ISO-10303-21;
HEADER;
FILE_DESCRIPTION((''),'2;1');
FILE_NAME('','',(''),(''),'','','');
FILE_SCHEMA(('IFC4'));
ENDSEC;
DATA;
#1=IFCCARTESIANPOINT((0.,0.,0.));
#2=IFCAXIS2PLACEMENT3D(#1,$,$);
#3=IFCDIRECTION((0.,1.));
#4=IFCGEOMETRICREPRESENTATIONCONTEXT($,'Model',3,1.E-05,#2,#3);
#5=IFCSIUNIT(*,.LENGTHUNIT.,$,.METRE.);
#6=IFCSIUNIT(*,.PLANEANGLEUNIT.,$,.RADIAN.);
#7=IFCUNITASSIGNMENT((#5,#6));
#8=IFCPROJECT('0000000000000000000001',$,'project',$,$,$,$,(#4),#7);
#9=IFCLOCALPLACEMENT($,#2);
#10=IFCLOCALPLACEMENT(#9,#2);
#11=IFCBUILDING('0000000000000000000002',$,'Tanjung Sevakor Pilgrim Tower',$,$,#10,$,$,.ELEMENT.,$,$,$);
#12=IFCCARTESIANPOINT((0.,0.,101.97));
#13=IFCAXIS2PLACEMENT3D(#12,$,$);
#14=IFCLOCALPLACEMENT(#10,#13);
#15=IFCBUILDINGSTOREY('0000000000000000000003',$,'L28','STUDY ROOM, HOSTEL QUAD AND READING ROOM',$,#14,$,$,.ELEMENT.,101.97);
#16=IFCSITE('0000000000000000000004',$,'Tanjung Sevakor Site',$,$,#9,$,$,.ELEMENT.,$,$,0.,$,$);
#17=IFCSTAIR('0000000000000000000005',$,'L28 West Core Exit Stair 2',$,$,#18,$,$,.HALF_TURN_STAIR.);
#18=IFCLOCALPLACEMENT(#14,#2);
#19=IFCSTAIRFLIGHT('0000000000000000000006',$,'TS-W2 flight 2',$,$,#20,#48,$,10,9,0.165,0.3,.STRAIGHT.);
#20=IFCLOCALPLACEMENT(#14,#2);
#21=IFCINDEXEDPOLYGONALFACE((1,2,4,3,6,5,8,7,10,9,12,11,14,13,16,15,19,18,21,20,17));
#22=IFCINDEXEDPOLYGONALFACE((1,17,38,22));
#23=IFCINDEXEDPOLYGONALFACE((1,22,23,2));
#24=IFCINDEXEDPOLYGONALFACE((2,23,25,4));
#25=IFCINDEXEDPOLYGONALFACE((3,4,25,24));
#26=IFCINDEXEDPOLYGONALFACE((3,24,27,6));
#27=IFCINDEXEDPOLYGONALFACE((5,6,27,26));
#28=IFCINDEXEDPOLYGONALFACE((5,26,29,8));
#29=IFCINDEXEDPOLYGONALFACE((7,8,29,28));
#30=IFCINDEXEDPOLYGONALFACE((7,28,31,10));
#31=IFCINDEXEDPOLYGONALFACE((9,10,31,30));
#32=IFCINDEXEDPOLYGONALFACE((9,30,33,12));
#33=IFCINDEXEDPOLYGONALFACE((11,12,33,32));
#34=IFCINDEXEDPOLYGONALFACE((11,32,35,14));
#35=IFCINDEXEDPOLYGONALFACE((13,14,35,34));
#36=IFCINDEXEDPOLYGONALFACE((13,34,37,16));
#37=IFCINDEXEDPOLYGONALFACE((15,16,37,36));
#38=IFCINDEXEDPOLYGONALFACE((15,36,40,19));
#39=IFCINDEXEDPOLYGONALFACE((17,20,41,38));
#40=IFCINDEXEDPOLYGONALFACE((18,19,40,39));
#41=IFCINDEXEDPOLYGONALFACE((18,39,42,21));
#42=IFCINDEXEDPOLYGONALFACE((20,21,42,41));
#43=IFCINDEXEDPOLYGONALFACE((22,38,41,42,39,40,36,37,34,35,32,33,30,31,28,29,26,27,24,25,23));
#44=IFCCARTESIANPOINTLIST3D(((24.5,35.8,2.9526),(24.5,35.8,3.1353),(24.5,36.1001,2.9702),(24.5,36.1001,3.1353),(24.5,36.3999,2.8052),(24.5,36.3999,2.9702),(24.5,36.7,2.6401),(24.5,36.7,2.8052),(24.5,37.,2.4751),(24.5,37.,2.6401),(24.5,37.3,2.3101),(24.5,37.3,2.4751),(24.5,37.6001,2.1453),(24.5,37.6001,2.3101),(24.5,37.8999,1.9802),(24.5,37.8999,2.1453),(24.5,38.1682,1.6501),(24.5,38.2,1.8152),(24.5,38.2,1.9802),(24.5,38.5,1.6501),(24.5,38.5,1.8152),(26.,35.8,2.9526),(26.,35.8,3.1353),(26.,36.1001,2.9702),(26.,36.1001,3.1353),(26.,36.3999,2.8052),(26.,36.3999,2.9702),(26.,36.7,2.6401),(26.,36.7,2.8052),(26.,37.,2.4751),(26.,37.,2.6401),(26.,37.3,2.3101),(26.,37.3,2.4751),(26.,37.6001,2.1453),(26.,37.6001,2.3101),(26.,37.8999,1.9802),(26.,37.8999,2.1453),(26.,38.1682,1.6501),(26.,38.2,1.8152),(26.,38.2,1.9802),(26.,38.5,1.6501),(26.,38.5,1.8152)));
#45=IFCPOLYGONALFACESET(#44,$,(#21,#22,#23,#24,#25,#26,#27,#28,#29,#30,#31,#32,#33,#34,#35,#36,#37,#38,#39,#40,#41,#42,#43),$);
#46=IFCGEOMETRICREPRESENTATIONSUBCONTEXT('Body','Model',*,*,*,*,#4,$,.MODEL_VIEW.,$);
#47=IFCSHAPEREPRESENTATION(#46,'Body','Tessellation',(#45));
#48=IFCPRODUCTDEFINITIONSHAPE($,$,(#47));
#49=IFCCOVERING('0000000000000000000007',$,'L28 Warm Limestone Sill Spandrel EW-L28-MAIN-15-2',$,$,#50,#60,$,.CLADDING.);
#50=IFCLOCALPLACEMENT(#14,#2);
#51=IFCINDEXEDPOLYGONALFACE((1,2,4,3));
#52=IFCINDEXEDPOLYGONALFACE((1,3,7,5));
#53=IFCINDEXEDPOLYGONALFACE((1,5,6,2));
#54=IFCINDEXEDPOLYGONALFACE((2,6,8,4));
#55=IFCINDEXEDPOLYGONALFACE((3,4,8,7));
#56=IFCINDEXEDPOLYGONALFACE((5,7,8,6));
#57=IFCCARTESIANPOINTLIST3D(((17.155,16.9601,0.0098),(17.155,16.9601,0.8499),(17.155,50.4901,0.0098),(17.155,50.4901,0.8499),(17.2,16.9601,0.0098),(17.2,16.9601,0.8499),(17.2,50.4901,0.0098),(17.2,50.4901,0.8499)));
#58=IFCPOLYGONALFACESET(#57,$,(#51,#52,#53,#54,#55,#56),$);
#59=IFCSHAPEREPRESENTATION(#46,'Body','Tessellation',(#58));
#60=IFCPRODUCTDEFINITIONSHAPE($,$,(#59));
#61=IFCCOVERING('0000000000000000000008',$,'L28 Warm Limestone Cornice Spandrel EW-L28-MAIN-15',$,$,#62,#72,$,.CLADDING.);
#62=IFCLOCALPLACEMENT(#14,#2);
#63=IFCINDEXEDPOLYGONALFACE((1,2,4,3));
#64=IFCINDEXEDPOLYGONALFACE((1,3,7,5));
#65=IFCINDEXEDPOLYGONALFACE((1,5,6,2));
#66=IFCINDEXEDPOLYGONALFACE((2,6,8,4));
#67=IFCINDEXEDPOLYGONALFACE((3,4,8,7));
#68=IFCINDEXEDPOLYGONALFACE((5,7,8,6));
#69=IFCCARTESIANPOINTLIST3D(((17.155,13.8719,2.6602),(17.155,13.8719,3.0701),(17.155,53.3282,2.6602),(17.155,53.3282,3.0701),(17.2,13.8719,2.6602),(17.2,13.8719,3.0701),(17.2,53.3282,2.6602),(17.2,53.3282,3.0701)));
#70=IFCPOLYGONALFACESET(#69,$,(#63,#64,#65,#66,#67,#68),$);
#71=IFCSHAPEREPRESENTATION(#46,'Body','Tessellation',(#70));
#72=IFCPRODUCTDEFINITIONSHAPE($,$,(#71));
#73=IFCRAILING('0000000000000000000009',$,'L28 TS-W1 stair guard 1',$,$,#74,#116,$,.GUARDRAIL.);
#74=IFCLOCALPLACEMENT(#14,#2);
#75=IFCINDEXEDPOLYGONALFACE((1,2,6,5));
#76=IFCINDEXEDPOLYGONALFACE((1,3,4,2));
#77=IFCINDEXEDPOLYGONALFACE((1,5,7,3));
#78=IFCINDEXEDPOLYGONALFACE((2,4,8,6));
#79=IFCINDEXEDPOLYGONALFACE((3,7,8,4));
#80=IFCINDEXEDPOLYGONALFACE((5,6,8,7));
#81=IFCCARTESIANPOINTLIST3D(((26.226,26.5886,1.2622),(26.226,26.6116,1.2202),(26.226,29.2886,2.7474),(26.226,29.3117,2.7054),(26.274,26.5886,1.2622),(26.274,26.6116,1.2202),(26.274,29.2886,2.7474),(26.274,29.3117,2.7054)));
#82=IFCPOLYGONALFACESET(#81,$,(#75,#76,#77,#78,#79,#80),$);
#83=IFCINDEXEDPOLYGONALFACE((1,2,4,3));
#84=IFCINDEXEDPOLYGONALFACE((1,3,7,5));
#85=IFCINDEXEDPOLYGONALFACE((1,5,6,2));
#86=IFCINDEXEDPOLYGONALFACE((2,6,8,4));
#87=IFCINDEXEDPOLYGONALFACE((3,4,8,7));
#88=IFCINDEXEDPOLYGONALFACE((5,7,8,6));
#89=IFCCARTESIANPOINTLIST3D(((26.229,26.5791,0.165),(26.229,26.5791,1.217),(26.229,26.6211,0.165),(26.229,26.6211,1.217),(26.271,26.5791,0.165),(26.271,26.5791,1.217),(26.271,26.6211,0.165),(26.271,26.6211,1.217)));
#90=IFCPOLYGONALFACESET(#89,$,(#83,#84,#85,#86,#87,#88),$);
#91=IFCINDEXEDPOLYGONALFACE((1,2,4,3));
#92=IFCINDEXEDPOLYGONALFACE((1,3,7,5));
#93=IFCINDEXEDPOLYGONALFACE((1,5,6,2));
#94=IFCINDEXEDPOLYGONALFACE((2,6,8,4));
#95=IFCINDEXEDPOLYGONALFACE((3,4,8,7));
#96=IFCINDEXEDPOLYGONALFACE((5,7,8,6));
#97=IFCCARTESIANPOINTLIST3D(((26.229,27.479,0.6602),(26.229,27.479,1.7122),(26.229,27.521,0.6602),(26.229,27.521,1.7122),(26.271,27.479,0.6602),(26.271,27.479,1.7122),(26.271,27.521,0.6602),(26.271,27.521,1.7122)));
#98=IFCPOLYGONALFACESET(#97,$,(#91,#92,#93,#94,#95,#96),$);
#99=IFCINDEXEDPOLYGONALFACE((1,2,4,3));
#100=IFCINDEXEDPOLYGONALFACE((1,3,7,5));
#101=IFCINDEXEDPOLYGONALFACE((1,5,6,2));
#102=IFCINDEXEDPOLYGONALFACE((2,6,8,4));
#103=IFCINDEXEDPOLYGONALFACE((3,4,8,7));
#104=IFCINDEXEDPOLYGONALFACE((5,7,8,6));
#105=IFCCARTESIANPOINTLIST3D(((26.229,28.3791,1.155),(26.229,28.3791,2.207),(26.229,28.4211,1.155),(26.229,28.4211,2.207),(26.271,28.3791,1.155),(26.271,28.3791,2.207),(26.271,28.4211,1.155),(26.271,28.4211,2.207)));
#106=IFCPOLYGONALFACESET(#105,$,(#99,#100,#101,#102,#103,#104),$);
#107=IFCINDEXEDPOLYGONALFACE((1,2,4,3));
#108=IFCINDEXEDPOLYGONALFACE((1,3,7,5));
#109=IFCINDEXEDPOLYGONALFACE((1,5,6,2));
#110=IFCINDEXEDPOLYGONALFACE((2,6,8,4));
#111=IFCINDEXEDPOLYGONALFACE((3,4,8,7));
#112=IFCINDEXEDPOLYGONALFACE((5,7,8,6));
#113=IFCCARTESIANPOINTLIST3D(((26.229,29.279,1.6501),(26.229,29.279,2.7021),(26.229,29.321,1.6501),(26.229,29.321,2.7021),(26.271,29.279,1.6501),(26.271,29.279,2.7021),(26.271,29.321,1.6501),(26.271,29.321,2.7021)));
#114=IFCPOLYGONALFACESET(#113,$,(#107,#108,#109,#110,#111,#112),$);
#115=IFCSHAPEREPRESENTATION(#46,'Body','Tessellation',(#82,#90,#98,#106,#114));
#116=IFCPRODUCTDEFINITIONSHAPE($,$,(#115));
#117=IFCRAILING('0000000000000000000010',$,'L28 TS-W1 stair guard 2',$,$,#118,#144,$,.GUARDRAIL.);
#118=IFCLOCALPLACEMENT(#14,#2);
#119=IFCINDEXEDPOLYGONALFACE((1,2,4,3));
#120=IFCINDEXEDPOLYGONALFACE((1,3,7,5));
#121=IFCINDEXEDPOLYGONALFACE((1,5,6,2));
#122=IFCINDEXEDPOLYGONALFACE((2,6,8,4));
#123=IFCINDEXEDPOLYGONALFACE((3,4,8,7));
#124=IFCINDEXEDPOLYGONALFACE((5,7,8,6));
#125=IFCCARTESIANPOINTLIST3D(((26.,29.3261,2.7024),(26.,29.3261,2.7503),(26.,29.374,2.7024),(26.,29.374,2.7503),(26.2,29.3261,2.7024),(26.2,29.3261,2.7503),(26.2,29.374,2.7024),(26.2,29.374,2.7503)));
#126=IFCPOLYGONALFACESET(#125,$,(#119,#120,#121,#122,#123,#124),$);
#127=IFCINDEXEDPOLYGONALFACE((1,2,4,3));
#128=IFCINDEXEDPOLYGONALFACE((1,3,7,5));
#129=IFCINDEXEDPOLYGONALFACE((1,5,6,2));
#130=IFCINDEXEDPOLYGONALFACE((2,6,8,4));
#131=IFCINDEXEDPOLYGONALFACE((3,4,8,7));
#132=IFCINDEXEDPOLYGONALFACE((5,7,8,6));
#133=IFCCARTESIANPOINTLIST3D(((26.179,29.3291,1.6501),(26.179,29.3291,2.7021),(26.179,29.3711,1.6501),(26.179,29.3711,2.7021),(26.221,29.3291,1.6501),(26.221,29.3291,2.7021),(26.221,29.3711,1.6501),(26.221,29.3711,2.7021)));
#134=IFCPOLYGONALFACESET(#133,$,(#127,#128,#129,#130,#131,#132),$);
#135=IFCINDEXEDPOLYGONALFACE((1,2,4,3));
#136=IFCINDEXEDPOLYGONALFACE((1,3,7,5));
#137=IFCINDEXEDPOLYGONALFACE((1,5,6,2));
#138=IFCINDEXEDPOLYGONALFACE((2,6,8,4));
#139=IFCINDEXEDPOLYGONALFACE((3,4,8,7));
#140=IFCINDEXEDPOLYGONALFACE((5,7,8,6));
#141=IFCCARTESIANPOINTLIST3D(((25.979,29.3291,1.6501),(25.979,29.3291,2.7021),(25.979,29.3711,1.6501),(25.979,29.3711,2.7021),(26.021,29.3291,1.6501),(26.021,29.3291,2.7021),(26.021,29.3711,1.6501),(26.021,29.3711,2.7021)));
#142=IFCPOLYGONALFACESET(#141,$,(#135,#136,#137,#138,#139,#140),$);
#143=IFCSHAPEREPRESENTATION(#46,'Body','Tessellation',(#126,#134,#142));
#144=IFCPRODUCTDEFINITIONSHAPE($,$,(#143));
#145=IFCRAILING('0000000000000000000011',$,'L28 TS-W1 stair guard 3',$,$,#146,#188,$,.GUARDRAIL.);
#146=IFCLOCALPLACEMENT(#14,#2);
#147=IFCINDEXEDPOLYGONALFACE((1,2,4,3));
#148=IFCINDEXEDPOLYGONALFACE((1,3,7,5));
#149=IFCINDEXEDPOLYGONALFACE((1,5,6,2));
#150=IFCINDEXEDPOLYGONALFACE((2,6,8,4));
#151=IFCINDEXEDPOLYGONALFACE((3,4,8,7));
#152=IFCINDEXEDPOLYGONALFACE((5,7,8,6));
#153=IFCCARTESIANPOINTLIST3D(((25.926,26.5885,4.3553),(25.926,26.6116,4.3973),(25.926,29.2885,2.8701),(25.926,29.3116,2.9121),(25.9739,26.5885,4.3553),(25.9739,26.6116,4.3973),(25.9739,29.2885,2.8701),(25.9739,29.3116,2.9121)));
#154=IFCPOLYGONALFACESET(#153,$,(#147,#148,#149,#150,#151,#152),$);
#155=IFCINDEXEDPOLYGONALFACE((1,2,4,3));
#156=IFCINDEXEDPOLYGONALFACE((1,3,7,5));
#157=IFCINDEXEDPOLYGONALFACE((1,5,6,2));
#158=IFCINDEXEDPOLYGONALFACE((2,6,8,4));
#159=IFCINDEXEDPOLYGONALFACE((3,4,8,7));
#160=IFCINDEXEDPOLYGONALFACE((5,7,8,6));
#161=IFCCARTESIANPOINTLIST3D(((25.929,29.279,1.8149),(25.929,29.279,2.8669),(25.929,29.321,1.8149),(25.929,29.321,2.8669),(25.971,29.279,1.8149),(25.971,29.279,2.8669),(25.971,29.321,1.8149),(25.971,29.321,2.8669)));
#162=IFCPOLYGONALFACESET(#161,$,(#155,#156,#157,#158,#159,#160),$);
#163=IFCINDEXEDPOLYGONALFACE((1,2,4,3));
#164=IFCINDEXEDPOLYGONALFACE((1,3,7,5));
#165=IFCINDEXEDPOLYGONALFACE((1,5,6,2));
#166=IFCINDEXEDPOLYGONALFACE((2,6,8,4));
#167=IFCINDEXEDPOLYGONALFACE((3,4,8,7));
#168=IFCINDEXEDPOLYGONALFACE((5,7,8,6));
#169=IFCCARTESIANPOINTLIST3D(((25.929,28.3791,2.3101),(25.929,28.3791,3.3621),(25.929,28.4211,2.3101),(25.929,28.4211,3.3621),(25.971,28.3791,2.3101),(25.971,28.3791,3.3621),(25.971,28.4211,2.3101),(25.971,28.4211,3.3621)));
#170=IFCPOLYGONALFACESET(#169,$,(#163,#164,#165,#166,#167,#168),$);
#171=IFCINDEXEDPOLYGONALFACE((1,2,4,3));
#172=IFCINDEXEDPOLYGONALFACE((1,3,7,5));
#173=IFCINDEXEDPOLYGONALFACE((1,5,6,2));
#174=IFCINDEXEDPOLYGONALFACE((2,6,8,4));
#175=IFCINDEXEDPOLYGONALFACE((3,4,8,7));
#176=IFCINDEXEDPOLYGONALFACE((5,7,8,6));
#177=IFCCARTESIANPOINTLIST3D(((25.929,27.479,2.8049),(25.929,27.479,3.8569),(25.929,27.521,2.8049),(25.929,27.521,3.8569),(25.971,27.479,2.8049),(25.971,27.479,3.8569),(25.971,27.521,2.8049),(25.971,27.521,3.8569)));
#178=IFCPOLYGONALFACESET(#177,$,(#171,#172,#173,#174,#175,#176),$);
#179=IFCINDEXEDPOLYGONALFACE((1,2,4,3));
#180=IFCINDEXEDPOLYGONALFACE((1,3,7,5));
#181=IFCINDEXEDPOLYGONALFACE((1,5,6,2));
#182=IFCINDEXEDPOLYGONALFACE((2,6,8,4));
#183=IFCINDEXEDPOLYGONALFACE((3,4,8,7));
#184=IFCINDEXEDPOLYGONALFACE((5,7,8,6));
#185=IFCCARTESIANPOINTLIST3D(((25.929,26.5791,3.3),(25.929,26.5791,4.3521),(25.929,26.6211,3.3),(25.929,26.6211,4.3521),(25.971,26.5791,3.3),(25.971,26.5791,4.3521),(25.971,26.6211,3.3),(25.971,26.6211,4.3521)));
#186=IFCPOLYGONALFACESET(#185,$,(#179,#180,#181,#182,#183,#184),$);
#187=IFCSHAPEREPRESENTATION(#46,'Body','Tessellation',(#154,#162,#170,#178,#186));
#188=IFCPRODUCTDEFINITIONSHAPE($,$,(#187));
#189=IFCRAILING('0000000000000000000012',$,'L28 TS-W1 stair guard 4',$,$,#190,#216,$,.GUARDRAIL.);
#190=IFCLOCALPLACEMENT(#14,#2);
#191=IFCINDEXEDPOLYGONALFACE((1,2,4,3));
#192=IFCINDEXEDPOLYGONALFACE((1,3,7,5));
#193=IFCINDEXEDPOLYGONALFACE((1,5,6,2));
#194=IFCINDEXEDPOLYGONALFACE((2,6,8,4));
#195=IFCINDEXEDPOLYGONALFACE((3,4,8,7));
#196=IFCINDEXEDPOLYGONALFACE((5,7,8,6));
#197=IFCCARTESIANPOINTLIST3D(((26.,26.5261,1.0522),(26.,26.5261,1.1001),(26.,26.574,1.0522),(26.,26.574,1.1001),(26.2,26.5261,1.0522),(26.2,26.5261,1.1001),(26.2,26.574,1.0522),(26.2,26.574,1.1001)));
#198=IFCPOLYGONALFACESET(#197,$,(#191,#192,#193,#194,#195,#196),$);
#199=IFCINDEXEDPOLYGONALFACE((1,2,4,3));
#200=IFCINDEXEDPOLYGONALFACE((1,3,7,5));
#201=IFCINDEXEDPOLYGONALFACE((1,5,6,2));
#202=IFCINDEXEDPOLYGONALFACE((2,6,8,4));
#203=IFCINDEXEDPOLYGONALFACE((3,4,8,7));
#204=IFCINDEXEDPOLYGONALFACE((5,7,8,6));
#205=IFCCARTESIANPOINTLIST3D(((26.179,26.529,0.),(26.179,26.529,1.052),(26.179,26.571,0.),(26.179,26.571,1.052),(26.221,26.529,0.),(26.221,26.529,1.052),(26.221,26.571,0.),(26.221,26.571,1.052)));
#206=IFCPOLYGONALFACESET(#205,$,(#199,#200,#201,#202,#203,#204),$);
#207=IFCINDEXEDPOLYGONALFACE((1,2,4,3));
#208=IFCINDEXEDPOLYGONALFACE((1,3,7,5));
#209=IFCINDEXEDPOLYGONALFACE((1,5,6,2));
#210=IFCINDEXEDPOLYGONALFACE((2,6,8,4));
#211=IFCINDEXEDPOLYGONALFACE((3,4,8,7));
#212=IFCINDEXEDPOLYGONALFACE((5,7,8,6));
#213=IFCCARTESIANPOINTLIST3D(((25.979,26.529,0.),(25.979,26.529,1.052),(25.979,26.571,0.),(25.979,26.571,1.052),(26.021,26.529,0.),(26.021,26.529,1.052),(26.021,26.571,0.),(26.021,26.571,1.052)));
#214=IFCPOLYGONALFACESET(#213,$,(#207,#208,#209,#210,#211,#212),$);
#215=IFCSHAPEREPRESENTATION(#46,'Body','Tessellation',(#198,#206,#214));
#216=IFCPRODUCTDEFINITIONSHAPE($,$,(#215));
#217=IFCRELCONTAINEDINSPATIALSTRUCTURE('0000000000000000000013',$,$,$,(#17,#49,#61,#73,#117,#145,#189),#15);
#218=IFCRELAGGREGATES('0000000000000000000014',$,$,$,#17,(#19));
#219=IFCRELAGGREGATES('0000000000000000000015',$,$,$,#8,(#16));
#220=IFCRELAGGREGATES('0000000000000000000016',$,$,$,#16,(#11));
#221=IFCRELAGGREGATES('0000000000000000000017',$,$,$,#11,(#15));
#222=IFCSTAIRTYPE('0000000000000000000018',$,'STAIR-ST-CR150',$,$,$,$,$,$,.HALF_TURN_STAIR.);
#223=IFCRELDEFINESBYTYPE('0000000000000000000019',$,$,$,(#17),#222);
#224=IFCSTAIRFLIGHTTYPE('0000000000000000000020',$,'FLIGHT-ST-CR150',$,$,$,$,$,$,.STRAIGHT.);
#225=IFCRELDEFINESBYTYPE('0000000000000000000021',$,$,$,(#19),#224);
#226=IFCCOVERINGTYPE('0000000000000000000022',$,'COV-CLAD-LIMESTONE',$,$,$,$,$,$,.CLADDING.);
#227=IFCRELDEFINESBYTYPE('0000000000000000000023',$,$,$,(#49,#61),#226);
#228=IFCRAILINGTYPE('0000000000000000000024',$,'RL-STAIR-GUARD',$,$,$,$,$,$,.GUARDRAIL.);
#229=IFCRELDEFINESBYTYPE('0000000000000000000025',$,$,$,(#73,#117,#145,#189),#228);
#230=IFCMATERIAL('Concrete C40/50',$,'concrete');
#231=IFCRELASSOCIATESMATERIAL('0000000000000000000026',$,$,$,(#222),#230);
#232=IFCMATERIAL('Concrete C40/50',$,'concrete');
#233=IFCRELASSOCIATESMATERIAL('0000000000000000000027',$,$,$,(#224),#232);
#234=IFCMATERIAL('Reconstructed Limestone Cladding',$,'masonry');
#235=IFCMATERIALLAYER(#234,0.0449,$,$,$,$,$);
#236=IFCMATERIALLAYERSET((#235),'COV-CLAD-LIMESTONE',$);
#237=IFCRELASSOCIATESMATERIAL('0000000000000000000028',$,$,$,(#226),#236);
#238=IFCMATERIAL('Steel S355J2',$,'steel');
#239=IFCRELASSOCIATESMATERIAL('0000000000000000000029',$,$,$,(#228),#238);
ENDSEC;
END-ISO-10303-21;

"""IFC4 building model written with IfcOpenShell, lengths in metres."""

from ifc_helpers import new_model, si_unit, direction, frame, origin, origin_2d, place, context, subcontext, project, spatial, polyline, rectangle, outline, extrude, material, layer, layer_set, type_object, element, aggregate, save


model = new_model("IFC4")

# Units and contexts
model_context = context("Model", 3, precision=1e-05, world=origin(), true_north=direction((0.0, 1.0)))
body_context = subcontext(model_context, "Body", "Model", "MODEL_VIEW")
ifc_project = project(units=[si_unit("LENGTHUNIT", "METRE"), si_unit("PLANEANGLEUNIT", "RADIAN")], contexts=[model_context])

# Site, building, storey
site_placement = place(None, origin())
site = spatial("IfcSite", under=ifc_project, at=site_placement, Name="Tanjung Sevakor Site", CompositionType="ELEMENT", RefElevation=0.0)
building_placement = place(site_placement, origin())
building = spatial("IfcBuilding", under=site, at=building_placement, Name="Tanjung Sevakor Pilgrim Tower", CompositionType="ELEMENT")
storey_placement = place(building_placement, frame((0.0, 0.0, 101.97)))
storey = spatial("IfcBuildingStorey", under=building, at=storey_placement, Name="L28", Description="STUDY ROOM, HOSTEL QUAD AND READING ROOM", CompositionType="ELEMENT", Elevation=101.97)

# Stair, stair flight
ifc_material_1 = material(Name="Concrete C40/50", Category="concrete")
stair_type = type_object("IfcStairType", Name="STAIR-ST-CR150", PredefinedType="HALF_TURN_STAIR", material=ifc_material_1)
ifc_material_2 = material(Name="Concrete C40/50", Category="concrete")
stair_flight_type = type_object("IfcStairFlightType", Name="FLIGHT-ST-CR150", PredefinedType="STRAIGHT", material=ifc_material_2)
stair_1_placement = place(storey_placement, origin())
stair_1 = element("IfcStair", 1, at=stair_1_placement, inside=storey, type_object=stair_type, Name="L28 West Core Exit Stair 2", PredefinedType="HALF_TURN_STAIR")
stair_flight_1_placement = place(storey_placement, frame((25.25, 38.5, 1.6501), z_axis=(0.0, 0.0, 1.0), x_axis=(0.0, -1.0, 0.0)))
stair_flight_1 = element("IfcStairFlight", 2, at=stair_flight_1_placement, type_object=stair_flight_type, Name="TS-W2 flight 2", NumberOfRisers=10, NumberOfTreads=9, PredefinedType="STRAIGHT", RiserHeight=0.165, TreadLength=0.3, context=body_context, shape_type="SweptSolid", body=[
    extrude(outline(polyline([(0.0, 0.0), (0.0, 0.165), (0.3, 0.165), (0.3, 0.3301), (0.6001, 0.3301), (0.6001, 0.4951), (0.8999, 0.4951), (0.8999, 0.6599), (1.2, 0.6599), (1.2, 0.825), (1.5, 0.825), (1.5, 0.99), (1.8, 0.99), (1.8, 1.155), (2.1001, 1.155), (2.1001, 1.3201), (2.3999, 1.3201), (2.3999, 1.4851), (2.7, 1.4851), (2.7, 1.6499), (2.7, 1.3025), (0.3318, 0.0), (0.0, 0.0)])), frame((0.0, 0.75, 0.0), z_axis=(0.0, -1.0, 0.0), x_axis=(1.0, 0.0, 0.0)), (0.0, 0.0, 1.0), 1.5),
])
aggregate(stair_1, [stair_flight_1])

# Coverings
ifc_material_3 = material(Name="Reconstructed Limestone Cladding", Category="masonry")
ifc_layer_1 = layer(ifc_material_3, 0.0449)
ifc_layer_set_1 = layer_set([ifc_layer_1], Name="COV-CLAD-LIMESTONE")
covering_type = type_object("IfcCoveringType", Name="COV-CLAD-LIMESTONE", PredefinedType="CLADDING", material=ifc_layer_set_1)
covering_1_placement = place(storey_placement, frame((17.1775, 33.7251, 0.0098), z_axis=(0.0, 0.0, 1.0), x_axis=(0.0, -1.0, 0.0)))
element("IfcCovering", 3, at=covering_1_placement, inside=storey, type_object=covering_type, Name="L28 Warm Limestone Sill Spandrel EW-L28-MAIN-15-2", PredefinedType="CLADDING", context=body_context, shape_type="SweptSolid", body=[
    extrude(rectangle(XDim=33.53, YDim=0.0449, at=origin_2d()), origin(), (0.0, 0.0, 1.0), 0.8401),
])
covering_2_placement = place(storey_placement, frame((17.1775, 33.6001, 2.6602), z_axis=(0.0, 0.0, 1.0), x_axis=(0.0, -1.0, 0.0)))
element("IfcCovering", 4, at=covering_2_placement, inside=storey, type_object=covering_type, Name="L28 Warm Limestone Cornice Spandrel EW-L28-MAIN-15", PredefinedType="CLADDING", context=body_context, shape_type="SweptSolid", body=[
    extrude(rectangle(XDim=39.4563, YDim=0.0449, at=origin_2d()), origin(), (0.0, 0.0, 1.0), 0.4099),
])

# Railings
ifc_material_4 = material(Name="Steel S355J2", Category="steel")
railing_type_1 = type_object("IfcRailingType", Name="RL-STAIR-GUARD", PredefinedType="GUARDRAIL", material=ifc_material_4)
railing_1_placement = place(storey_placement, frame((26.25, 26.6001, 0.165)))
element("IfcRailing", 5, at=railing_1_placement, inside=storey, type_object=railing_type_1, Name="L28 TS-W1 stair guard 1", PredefinedType="GUARDRAIL", context=body_context, shape_type="SweptSolid", body=[
    extrude(rectangle(XDim=0.0479, YDim=0.0479), frame((0.0, 0.0, 1.0762), z_axis=(0.0, 0.876198, 0.481952), x_axis=(-1.0, 0.0, 0.0)), (0.0, 0.0, 1.0), 3.0815),
    extrude(rectangle(XDim=0.042, YDim=0.042), origin(), (0.0, 0.0, 1.0), 1.052),
    extrude(rectangle(XDim=0.042, YDim=0.042), frame((0.0, 0.8999, 0.4951)), (0.0, 0.0, 1.0), 1.052),
    extrude(rectangle(XDim=0.042, YDim=0.042), frame((0.0, 1.8, 0.99)), (0.0, 0.0, 1.0), 1.052),
    extrude(rectangle(XDim=0.042, YDim=0.042), frame((0.0, 2.7, 1.4851)), (0.0, 0.0, 1.0), 1.052),
])
railing_2_placement = place(storey_placement, frame((26.2, 29.3501, 1.6501)))
element("IfcRailing", 6, at=railing_2_placement, inside=storey, type_object=railing_type_1, Name="L28 TS-W1 stair guard 2", PredefinedType="GUARDRAIL", context=body_context, shape_type="SweptSolid", body=[
    extrude(rectangle(XDim=0.0479, YDim=0.0479), frame((0.0, 0.0, 1.0762), z_axis=(-1.0, 0.0, 0.0), x_axis=(0.0, -1.0, 0.0)), (0.0, 0.0, 1.0), 0.2),
    extrude(rectangle(XDim=0.042, YDim=0.042), origin(), (0.0, 0.0, 1.0), 1.052),
    extrude(rectangle(XDim=0.042, YDim=0.042), frame((-0.2, 0.0, 0.0)), (0.0, 0.0, 1.0), 1.052),
])
railing_3_placement = place(storey_placement, frame((25.95, 29.3, 1.8149)))
element("IfcRailing", 7, at=railing_3_placement, inside=storey, type_object=railing_type_1, Name="L28 TS-W1 stair guard 3", PredefinedType="GUARDRAIL", context=body_context, shape_type="SweptSolid", body=[
    extrude(rectangle(XDim=0.0479, YDim=0.0479), frame((0.0, 0.0, 1.0762), z_axis=(0.0, -0.876198, 0.481952), x_axis=(1.0, 0.0, 0.0)), (0.0, 0.0, 1.0), 3.0815),
    extrude(rectangle(XDim=0.042, YDim=0.042), origin(), (0.0, 0.0, 1.0), 1.052),
    extrude(rectangle(XDim=0.042, YDim=0.042), frame((0.0, -0.8999, 0.4951)), (0.0, 0.0, 1.0), 1.052),
    extrude(rectangle(XDim=0.042, YDim=0.042), frame((0.0, -1.8, 0.99)), (0.0, 0.0, 1.0), 1.052),
    extrude(rectangle(XDim=0.042, YDim=0.042), frame((0.0, -2.7, 1.4851)), (0.0, 0.0, 1.0), 1.052),
])
railing_4_placement = place(storey_placement, frame((26.2, 26.55, 0.0)))
element("IfcRailing", 8, at=railing_4_placement, inside=storey, type_object=railing_type_1, Name="L28 TS-W1 stair guard 4", PredefinedType="GUARDRAIL", context=body_context, shape_type="SweptSolid", body=[
    extrude(rectangle(XDim=0.0479, YDim=0.0479), frame((0.0, 0.0, 1.0762), z_axis=(-1.0, 0.0, 0.0), x_axis=(0.0, -1.0, 0.0)), (0.0, 0.0, 1.0), 0.2),
    extrude(rectangle(XDim=0.042, YDim=0.042), origin(), (0.0, 0.0, 1.0), 1.052),
    extrude(rectangle(XDim=0.042, YDim=0.042), frame((-0.2, 0.0, 0.0)), (0.0, 0.0, 1.0), 1.052),
])

save(model, "model.ifc")
